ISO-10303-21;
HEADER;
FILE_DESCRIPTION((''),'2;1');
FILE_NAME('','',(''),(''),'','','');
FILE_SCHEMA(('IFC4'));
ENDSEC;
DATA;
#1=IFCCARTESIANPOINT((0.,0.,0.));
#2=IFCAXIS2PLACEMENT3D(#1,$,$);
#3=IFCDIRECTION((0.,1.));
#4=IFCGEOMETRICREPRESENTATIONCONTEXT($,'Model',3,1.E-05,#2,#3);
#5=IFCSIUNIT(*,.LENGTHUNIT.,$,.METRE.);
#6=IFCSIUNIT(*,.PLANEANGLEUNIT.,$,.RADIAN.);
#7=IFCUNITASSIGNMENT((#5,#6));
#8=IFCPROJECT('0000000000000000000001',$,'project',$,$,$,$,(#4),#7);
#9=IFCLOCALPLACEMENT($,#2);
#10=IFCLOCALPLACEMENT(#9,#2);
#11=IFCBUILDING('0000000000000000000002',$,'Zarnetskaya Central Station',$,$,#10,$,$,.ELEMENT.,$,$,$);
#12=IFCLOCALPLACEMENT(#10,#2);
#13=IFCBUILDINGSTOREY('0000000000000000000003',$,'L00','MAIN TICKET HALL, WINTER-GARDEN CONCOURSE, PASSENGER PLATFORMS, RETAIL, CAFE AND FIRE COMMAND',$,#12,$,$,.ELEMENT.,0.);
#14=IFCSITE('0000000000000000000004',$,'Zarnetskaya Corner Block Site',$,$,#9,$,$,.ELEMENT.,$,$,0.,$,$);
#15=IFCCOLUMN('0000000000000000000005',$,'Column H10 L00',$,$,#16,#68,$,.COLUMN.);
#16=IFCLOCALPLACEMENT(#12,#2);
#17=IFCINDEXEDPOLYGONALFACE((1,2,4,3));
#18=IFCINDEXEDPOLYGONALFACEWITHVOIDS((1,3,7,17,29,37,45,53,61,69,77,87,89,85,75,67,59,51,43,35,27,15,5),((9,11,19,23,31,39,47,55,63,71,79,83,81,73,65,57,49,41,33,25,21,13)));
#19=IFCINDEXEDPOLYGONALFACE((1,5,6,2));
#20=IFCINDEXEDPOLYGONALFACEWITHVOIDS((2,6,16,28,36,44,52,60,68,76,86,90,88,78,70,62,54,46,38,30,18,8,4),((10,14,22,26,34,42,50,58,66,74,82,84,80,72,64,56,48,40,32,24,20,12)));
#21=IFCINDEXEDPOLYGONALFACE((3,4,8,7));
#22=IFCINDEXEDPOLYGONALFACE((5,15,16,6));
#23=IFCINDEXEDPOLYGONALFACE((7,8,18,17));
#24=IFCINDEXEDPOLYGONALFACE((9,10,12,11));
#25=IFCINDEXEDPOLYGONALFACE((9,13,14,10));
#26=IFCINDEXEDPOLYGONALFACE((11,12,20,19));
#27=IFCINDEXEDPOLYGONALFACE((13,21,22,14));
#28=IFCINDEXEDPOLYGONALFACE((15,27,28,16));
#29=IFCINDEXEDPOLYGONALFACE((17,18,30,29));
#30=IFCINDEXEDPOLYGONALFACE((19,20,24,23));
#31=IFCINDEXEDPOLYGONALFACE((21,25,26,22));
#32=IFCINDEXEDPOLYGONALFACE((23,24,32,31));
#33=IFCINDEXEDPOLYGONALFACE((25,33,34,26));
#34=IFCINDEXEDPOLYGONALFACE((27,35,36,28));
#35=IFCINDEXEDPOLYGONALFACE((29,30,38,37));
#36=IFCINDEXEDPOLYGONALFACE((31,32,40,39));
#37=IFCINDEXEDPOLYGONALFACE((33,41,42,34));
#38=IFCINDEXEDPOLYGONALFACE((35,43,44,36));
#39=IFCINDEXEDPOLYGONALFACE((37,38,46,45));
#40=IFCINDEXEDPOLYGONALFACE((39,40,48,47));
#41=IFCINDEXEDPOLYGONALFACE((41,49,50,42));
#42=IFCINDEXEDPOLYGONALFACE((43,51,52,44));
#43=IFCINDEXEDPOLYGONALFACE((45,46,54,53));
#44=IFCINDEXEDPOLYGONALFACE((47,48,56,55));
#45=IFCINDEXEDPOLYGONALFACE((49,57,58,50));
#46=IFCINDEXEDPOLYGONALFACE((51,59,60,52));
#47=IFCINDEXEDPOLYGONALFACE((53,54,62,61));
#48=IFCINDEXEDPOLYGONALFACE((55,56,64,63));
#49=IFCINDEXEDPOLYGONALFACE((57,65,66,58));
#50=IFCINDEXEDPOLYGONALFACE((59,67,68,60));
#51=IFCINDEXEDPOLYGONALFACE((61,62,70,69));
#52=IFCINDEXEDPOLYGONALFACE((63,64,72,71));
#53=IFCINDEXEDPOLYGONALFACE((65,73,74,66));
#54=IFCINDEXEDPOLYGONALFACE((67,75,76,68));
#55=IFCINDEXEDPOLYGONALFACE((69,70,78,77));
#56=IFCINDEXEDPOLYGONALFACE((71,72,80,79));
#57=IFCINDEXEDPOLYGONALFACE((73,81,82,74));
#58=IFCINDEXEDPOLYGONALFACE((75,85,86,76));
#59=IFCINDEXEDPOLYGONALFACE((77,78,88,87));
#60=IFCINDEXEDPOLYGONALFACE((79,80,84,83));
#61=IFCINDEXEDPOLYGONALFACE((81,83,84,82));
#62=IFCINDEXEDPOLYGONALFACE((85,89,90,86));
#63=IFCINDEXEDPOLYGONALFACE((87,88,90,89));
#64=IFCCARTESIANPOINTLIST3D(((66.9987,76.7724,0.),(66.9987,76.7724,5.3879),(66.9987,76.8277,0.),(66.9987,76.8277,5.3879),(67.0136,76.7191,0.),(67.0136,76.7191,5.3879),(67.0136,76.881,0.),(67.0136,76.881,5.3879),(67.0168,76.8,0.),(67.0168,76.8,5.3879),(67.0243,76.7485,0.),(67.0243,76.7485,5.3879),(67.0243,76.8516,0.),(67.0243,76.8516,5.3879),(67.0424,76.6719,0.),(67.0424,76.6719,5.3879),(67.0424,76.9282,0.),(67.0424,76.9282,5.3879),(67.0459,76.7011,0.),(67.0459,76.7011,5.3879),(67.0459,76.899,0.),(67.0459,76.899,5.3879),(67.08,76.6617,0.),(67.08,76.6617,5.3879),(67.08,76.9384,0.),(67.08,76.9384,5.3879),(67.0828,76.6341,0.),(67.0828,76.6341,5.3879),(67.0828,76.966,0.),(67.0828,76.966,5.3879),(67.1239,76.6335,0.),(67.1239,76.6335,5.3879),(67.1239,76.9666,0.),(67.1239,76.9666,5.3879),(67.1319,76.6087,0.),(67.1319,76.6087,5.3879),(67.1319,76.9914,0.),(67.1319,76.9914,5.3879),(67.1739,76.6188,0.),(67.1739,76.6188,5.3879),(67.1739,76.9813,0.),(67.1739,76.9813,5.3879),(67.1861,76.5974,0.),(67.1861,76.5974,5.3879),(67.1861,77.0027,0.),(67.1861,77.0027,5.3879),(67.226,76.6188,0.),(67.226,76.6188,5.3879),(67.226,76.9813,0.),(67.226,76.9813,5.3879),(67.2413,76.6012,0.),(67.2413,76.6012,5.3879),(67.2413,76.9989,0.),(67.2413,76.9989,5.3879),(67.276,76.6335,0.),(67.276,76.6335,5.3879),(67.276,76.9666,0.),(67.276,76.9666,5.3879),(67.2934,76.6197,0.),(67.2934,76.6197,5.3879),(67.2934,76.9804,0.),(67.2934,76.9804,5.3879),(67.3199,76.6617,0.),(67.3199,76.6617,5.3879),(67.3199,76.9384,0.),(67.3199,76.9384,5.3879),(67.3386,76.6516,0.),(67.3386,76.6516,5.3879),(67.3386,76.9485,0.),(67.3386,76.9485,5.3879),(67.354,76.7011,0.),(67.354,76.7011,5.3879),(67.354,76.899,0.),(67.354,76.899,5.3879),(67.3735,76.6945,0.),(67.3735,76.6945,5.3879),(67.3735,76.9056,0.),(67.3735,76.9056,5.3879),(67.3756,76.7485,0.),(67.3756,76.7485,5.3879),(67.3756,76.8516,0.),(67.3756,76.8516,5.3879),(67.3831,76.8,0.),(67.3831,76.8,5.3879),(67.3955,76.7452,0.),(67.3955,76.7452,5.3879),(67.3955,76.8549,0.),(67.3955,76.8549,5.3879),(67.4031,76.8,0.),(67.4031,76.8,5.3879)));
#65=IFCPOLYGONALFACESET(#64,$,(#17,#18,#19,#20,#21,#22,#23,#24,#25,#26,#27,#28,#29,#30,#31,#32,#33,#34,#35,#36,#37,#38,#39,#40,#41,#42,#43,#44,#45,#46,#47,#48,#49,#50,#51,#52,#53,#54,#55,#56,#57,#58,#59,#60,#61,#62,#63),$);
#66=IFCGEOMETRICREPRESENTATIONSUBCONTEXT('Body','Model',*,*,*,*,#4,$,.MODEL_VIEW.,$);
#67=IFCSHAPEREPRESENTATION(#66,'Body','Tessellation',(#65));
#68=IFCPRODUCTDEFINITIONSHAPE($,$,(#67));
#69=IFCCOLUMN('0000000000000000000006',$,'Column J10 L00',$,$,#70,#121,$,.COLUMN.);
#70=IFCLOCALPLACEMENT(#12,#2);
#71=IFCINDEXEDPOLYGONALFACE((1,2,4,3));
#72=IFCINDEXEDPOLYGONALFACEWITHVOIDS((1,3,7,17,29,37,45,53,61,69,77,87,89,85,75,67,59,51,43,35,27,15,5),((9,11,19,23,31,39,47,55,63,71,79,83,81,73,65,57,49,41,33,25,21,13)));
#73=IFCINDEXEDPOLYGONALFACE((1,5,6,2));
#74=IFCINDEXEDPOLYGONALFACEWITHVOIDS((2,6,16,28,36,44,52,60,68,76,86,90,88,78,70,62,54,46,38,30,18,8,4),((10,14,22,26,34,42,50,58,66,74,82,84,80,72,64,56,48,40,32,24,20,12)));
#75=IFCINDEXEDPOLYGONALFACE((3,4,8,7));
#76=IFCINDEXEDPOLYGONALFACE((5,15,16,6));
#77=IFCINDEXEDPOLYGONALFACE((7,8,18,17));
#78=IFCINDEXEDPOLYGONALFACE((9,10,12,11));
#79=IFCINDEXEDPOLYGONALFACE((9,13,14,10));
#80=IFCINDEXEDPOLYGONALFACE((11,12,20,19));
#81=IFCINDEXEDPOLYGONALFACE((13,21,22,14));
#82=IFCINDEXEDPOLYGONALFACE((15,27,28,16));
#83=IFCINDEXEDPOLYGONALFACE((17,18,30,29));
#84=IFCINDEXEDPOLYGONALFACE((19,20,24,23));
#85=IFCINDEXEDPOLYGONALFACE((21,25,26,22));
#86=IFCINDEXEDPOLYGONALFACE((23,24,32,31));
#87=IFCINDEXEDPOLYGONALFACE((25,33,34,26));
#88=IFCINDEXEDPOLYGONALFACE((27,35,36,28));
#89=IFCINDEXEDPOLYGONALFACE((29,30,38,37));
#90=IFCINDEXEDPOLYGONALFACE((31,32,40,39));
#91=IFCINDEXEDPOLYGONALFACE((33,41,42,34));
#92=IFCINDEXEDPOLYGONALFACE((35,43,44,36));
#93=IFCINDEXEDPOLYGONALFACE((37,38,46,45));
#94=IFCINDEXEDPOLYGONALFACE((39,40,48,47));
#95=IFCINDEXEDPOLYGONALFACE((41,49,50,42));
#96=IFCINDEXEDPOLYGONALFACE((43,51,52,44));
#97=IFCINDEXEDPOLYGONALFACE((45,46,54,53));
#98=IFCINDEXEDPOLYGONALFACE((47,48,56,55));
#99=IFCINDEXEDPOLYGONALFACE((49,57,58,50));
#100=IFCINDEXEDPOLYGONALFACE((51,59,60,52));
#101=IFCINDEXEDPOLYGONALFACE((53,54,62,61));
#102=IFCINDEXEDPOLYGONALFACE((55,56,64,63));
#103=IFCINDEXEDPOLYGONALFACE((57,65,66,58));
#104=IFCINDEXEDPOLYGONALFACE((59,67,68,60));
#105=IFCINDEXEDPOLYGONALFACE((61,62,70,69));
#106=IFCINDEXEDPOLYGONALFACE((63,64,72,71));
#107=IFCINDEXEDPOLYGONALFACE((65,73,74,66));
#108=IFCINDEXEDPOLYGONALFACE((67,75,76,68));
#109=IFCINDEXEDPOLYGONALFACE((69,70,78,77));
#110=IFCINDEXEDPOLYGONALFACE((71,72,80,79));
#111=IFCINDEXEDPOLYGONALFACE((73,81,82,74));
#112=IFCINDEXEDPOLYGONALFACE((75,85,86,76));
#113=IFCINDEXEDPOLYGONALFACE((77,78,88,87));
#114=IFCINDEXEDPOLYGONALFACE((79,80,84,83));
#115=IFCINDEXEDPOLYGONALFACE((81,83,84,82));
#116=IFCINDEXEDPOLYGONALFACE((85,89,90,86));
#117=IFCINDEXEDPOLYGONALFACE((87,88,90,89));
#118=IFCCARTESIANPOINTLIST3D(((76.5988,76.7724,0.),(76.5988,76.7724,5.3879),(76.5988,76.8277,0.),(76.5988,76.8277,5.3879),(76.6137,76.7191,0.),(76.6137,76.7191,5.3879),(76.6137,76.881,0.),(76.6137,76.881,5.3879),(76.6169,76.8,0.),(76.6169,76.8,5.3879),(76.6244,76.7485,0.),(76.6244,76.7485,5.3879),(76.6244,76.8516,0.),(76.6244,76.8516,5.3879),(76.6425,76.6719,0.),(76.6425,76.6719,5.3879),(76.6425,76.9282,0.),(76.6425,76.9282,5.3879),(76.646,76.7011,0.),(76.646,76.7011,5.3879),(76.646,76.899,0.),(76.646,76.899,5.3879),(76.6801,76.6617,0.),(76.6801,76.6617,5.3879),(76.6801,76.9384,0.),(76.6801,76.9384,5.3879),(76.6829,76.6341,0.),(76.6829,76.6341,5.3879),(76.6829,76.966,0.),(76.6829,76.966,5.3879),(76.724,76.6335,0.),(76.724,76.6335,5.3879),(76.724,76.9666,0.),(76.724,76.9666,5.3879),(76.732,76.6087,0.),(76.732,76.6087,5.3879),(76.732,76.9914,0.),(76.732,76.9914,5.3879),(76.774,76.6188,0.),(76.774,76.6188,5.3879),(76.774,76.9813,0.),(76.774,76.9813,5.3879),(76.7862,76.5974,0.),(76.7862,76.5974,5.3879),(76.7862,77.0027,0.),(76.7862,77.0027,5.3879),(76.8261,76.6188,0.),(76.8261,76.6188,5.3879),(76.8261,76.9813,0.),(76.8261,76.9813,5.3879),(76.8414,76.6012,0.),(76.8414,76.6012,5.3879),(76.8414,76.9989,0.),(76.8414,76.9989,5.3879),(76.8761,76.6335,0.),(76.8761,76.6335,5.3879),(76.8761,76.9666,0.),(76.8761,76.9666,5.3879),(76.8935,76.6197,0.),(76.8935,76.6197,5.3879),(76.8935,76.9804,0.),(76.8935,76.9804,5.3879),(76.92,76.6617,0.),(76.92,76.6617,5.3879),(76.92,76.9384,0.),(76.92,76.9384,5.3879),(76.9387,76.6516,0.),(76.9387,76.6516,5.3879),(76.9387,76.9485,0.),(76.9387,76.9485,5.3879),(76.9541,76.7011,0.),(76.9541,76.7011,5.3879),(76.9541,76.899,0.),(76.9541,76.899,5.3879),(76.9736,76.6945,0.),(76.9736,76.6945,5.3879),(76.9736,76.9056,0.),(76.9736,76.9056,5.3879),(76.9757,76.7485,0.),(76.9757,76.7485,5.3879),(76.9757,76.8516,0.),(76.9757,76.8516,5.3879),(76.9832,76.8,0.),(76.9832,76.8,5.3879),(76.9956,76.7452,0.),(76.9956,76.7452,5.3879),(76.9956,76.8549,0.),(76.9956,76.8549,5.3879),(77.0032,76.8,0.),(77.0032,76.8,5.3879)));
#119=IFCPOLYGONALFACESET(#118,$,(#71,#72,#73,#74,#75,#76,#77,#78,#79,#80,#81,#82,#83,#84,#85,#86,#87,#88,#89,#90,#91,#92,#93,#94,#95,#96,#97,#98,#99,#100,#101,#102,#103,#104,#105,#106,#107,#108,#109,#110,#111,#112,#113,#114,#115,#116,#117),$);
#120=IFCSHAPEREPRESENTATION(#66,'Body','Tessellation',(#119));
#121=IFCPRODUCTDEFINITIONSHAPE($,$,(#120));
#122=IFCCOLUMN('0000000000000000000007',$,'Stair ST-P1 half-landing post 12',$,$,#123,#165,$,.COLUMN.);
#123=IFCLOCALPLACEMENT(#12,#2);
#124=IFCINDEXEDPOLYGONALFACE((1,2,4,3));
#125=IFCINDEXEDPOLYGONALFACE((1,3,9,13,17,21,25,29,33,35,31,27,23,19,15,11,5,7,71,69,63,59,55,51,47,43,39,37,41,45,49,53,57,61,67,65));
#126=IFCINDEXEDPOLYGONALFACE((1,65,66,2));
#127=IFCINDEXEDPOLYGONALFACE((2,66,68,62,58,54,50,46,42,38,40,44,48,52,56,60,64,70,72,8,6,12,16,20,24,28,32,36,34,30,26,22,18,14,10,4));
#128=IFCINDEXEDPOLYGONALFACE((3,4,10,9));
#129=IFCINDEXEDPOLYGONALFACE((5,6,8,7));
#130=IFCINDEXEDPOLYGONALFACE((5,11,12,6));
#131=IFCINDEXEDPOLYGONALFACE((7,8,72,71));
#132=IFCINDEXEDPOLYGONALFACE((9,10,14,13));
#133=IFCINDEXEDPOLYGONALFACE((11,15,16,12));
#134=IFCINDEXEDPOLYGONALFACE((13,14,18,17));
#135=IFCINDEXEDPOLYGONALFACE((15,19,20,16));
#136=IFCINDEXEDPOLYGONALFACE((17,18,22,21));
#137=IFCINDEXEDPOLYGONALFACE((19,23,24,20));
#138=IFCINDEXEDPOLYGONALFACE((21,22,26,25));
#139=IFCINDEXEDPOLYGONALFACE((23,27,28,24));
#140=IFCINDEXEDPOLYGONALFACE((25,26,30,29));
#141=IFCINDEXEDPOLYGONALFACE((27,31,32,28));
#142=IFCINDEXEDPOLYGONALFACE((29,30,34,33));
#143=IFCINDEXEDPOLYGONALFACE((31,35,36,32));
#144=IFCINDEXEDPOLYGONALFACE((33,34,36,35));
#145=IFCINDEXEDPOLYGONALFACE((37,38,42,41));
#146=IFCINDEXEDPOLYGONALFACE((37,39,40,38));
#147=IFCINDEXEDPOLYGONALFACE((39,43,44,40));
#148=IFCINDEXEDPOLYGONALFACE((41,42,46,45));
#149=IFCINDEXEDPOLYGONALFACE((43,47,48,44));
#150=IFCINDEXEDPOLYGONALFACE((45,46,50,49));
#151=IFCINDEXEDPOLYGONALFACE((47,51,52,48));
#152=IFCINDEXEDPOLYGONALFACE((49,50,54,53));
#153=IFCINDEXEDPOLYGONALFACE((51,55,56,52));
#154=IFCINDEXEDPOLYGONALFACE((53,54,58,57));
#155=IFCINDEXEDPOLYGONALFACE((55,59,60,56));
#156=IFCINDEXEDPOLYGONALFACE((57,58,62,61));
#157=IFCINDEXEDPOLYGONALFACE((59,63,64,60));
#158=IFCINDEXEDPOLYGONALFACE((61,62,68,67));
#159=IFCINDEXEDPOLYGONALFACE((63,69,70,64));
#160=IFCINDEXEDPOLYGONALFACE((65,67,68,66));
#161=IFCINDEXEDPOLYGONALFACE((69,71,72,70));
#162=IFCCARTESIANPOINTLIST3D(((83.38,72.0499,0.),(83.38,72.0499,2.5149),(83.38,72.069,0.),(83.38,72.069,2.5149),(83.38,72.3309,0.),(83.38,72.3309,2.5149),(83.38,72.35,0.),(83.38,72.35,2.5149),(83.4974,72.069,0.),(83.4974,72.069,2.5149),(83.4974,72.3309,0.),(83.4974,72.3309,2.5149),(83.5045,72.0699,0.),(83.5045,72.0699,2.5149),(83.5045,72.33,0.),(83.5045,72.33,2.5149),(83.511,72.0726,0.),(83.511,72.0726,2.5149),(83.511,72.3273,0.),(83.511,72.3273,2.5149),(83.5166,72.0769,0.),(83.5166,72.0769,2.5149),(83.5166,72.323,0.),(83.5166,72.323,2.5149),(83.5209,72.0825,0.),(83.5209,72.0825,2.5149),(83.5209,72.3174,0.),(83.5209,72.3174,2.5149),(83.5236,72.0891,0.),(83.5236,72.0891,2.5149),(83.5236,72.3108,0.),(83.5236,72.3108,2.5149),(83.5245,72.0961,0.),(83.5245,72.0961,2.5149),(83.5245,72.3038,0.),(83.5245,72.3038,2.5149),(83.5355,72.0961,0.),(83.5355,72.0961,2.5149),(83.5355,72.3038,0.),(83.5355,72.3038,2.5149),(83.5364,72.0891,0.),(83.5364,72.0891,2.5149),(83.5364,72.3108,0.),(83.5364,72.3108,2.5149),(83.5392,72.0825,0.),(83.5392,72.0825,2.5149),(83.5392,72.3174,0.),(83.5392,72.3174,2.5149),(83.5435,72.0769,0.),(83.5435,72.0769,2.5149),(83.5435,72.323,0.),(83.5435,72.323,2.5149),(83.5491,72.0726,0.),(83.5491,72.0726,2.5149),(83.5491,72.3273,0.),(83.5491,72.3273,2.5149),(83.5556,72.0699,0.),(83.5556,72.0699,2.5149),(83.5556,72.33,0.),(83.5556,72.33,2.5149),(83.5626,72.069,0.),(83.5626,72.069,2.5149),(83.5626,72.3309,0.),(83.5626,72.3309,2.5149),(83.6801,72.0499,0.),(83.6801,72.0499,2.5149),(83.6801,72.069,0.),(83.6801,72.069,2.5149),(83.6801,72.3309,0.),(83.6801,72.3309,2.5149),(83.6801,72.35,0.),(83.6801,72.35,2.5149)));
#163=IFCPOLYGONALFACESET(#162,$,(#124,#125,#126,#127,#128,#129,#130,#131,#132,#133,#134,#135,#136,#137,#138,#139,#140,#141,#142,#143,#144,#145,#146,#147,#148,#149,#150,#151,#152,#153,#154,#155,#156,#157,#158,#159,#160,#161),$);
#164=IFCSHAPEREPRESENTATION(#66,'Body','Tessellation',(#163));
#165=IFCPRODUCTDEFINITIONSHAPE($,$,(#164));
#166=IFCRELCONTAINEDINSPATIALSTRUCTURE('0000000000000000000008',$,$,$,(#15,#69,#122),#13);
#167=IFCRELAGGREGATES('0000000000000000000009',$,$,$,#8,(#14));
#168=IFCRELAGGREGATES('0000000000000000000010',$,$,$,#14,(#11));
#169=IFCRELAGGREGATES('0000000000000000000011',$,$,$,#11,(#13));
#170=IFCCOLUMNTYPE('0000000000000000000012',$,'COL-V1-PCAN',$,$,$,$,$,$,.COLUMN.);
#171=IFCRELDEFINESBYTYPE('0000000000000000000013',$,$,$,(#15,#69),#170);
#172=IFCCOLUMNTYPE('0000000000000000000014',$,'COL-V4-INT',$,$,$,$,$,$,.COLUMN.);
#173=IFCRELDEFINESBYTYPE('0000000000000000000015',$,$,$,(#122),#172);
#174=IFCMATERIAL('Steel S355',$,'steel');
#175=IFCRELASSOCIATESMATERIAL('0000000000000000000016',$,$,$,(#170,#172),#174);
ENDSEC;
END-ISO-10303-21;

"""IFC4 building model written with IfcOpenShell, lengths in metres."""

from ifc_helpers import new_model, si_unit, direction, frame, origin, origin_2d, place, context, subcontext, project, spatial, hollow_circle, i_section, extrude, material, material_profile, profile_set, type_object, element, save


model = new_model("IFC4")

# Units and contexts
model_context = context("Model", 3, precision=1e-05, world=origin(), true_north=direction((0.0, 1.0)))
body_context = subcontext(model_context, "Body", "Model", "MODEL_VIEW")
ifc_project = project(units=[si_unit("LENGTHUNIT", "METRE"), si_unit("PLANEANGLEUNIT", "RADIAN")], contexts=[model_context])

# Site, building, storey
site_placement = place(None, origin())
site = spatial("IfcSite", under=ifc_project, at=site_placement, Name="Zarnetskaya Corner Block Site", CompositionType="ELEMENT", RefElevation=0.0)
building_placement = place(site_placement, origin())
building = spatial("IfcBuilding", under=site, at=building_placement, Name="Zarnetskaya Central Station", CompositionType="ELEMENT")
storey_placement = place(building_placement, origin())
storey = spatial("IfcBuildingStorey", under=building, at=storey_placement, Name="L00", Description="MAIN TICKET HALL, WINTER-GARDEN CONCOURSE, PASSENGER PLATFORMS, RETAIL, CAFE AND FIRE COMMAND", CompositionType="ELEMENT", Elevation=0.0)

# Columns
ifc_material = material(Name="Steel S355", Category="steel")
ifc_material_profile_1 = material_profile(ifc_material, hollow_circle(Radius=0.2031, WallThickness=0.02, at=origin_2d()), Name="CHS 406.4x20")
ifc_profile_set_1 = profile_set([ifc_material_profile_1], Name="Steel S355")
column_type_1 = type_object("IfcColumnType", Name="COL-V1-PCAN", PredefinedType="COLUMN", material=ifc_profile_set_1)
for number, where, z_axis, x_axis, name in (
    (1, (67.2, 76.8, 0.0), (0.0, 0.0, 1.0), (1.0, 0.0, 0.0), "Column H10 L00"),
    (2, (76.8, 76.8, 0.0), (0.0, 0.0, 1.0), (1.0, 0.0, 0.0), "Column J10 L00"),
):
    element("IfcColumn", number, at=place(storey_placement, frame(where, z_axis=z_axis, x_axis=x_axis)), inside=storey, type_object=column_type_1, Name=name, PredefinedType="COLUMN", context=body_context, shape_type="SweptSolid", body=[
        extrude(hollow_circle(Radius=0.2031, WallThickness=0.02, at=origin_2d()), origin(), (0.0, 0.0, 1.0), 5.3879),
    ])
ifc_material_profile_2 = material_profile(ifc_material, i_section(OverallWidth=0.3, OverallDepth=0.3, WebThickness=0.011, FlangeThickness=0.019, FilletRadius=0.0271, at=origin_2d()), Name="HEB 300")
ifc_profile_set_2 = profile_set([ifc_material_profile_2], Name="Steel S355")
column_type_2 = type_object("IfcColumnType", Name="COL-V4-INT", PredefinedType="COLUMN", material=ifc_profile_set_2)
column_placement = place(storey_placement, frame((83.53, 72.2, 0.0), z_axis=(0.0, 0.0, 1.0), x_axis=(1.0, 0.0, 0.0)))
element("IfcColumn", 3, at=column_placement, inside=storey, type_object=column_type_2, Name="Stair ST-P1 half-landing post 12", PredefinedType="COLUMN", context=body_context, shape_type="SweptSolid", body=[
    extrude(i_section(OverallWidth=0.3, OverallDepth=0.3, WebThickness=0.011, FlangeThickness=0.019, FilletRadius=0.0271, at=origin_2d()), origin(), (0.0, 0.0, 1.0), 2.5149),
])

save(model, "model.ifc")
